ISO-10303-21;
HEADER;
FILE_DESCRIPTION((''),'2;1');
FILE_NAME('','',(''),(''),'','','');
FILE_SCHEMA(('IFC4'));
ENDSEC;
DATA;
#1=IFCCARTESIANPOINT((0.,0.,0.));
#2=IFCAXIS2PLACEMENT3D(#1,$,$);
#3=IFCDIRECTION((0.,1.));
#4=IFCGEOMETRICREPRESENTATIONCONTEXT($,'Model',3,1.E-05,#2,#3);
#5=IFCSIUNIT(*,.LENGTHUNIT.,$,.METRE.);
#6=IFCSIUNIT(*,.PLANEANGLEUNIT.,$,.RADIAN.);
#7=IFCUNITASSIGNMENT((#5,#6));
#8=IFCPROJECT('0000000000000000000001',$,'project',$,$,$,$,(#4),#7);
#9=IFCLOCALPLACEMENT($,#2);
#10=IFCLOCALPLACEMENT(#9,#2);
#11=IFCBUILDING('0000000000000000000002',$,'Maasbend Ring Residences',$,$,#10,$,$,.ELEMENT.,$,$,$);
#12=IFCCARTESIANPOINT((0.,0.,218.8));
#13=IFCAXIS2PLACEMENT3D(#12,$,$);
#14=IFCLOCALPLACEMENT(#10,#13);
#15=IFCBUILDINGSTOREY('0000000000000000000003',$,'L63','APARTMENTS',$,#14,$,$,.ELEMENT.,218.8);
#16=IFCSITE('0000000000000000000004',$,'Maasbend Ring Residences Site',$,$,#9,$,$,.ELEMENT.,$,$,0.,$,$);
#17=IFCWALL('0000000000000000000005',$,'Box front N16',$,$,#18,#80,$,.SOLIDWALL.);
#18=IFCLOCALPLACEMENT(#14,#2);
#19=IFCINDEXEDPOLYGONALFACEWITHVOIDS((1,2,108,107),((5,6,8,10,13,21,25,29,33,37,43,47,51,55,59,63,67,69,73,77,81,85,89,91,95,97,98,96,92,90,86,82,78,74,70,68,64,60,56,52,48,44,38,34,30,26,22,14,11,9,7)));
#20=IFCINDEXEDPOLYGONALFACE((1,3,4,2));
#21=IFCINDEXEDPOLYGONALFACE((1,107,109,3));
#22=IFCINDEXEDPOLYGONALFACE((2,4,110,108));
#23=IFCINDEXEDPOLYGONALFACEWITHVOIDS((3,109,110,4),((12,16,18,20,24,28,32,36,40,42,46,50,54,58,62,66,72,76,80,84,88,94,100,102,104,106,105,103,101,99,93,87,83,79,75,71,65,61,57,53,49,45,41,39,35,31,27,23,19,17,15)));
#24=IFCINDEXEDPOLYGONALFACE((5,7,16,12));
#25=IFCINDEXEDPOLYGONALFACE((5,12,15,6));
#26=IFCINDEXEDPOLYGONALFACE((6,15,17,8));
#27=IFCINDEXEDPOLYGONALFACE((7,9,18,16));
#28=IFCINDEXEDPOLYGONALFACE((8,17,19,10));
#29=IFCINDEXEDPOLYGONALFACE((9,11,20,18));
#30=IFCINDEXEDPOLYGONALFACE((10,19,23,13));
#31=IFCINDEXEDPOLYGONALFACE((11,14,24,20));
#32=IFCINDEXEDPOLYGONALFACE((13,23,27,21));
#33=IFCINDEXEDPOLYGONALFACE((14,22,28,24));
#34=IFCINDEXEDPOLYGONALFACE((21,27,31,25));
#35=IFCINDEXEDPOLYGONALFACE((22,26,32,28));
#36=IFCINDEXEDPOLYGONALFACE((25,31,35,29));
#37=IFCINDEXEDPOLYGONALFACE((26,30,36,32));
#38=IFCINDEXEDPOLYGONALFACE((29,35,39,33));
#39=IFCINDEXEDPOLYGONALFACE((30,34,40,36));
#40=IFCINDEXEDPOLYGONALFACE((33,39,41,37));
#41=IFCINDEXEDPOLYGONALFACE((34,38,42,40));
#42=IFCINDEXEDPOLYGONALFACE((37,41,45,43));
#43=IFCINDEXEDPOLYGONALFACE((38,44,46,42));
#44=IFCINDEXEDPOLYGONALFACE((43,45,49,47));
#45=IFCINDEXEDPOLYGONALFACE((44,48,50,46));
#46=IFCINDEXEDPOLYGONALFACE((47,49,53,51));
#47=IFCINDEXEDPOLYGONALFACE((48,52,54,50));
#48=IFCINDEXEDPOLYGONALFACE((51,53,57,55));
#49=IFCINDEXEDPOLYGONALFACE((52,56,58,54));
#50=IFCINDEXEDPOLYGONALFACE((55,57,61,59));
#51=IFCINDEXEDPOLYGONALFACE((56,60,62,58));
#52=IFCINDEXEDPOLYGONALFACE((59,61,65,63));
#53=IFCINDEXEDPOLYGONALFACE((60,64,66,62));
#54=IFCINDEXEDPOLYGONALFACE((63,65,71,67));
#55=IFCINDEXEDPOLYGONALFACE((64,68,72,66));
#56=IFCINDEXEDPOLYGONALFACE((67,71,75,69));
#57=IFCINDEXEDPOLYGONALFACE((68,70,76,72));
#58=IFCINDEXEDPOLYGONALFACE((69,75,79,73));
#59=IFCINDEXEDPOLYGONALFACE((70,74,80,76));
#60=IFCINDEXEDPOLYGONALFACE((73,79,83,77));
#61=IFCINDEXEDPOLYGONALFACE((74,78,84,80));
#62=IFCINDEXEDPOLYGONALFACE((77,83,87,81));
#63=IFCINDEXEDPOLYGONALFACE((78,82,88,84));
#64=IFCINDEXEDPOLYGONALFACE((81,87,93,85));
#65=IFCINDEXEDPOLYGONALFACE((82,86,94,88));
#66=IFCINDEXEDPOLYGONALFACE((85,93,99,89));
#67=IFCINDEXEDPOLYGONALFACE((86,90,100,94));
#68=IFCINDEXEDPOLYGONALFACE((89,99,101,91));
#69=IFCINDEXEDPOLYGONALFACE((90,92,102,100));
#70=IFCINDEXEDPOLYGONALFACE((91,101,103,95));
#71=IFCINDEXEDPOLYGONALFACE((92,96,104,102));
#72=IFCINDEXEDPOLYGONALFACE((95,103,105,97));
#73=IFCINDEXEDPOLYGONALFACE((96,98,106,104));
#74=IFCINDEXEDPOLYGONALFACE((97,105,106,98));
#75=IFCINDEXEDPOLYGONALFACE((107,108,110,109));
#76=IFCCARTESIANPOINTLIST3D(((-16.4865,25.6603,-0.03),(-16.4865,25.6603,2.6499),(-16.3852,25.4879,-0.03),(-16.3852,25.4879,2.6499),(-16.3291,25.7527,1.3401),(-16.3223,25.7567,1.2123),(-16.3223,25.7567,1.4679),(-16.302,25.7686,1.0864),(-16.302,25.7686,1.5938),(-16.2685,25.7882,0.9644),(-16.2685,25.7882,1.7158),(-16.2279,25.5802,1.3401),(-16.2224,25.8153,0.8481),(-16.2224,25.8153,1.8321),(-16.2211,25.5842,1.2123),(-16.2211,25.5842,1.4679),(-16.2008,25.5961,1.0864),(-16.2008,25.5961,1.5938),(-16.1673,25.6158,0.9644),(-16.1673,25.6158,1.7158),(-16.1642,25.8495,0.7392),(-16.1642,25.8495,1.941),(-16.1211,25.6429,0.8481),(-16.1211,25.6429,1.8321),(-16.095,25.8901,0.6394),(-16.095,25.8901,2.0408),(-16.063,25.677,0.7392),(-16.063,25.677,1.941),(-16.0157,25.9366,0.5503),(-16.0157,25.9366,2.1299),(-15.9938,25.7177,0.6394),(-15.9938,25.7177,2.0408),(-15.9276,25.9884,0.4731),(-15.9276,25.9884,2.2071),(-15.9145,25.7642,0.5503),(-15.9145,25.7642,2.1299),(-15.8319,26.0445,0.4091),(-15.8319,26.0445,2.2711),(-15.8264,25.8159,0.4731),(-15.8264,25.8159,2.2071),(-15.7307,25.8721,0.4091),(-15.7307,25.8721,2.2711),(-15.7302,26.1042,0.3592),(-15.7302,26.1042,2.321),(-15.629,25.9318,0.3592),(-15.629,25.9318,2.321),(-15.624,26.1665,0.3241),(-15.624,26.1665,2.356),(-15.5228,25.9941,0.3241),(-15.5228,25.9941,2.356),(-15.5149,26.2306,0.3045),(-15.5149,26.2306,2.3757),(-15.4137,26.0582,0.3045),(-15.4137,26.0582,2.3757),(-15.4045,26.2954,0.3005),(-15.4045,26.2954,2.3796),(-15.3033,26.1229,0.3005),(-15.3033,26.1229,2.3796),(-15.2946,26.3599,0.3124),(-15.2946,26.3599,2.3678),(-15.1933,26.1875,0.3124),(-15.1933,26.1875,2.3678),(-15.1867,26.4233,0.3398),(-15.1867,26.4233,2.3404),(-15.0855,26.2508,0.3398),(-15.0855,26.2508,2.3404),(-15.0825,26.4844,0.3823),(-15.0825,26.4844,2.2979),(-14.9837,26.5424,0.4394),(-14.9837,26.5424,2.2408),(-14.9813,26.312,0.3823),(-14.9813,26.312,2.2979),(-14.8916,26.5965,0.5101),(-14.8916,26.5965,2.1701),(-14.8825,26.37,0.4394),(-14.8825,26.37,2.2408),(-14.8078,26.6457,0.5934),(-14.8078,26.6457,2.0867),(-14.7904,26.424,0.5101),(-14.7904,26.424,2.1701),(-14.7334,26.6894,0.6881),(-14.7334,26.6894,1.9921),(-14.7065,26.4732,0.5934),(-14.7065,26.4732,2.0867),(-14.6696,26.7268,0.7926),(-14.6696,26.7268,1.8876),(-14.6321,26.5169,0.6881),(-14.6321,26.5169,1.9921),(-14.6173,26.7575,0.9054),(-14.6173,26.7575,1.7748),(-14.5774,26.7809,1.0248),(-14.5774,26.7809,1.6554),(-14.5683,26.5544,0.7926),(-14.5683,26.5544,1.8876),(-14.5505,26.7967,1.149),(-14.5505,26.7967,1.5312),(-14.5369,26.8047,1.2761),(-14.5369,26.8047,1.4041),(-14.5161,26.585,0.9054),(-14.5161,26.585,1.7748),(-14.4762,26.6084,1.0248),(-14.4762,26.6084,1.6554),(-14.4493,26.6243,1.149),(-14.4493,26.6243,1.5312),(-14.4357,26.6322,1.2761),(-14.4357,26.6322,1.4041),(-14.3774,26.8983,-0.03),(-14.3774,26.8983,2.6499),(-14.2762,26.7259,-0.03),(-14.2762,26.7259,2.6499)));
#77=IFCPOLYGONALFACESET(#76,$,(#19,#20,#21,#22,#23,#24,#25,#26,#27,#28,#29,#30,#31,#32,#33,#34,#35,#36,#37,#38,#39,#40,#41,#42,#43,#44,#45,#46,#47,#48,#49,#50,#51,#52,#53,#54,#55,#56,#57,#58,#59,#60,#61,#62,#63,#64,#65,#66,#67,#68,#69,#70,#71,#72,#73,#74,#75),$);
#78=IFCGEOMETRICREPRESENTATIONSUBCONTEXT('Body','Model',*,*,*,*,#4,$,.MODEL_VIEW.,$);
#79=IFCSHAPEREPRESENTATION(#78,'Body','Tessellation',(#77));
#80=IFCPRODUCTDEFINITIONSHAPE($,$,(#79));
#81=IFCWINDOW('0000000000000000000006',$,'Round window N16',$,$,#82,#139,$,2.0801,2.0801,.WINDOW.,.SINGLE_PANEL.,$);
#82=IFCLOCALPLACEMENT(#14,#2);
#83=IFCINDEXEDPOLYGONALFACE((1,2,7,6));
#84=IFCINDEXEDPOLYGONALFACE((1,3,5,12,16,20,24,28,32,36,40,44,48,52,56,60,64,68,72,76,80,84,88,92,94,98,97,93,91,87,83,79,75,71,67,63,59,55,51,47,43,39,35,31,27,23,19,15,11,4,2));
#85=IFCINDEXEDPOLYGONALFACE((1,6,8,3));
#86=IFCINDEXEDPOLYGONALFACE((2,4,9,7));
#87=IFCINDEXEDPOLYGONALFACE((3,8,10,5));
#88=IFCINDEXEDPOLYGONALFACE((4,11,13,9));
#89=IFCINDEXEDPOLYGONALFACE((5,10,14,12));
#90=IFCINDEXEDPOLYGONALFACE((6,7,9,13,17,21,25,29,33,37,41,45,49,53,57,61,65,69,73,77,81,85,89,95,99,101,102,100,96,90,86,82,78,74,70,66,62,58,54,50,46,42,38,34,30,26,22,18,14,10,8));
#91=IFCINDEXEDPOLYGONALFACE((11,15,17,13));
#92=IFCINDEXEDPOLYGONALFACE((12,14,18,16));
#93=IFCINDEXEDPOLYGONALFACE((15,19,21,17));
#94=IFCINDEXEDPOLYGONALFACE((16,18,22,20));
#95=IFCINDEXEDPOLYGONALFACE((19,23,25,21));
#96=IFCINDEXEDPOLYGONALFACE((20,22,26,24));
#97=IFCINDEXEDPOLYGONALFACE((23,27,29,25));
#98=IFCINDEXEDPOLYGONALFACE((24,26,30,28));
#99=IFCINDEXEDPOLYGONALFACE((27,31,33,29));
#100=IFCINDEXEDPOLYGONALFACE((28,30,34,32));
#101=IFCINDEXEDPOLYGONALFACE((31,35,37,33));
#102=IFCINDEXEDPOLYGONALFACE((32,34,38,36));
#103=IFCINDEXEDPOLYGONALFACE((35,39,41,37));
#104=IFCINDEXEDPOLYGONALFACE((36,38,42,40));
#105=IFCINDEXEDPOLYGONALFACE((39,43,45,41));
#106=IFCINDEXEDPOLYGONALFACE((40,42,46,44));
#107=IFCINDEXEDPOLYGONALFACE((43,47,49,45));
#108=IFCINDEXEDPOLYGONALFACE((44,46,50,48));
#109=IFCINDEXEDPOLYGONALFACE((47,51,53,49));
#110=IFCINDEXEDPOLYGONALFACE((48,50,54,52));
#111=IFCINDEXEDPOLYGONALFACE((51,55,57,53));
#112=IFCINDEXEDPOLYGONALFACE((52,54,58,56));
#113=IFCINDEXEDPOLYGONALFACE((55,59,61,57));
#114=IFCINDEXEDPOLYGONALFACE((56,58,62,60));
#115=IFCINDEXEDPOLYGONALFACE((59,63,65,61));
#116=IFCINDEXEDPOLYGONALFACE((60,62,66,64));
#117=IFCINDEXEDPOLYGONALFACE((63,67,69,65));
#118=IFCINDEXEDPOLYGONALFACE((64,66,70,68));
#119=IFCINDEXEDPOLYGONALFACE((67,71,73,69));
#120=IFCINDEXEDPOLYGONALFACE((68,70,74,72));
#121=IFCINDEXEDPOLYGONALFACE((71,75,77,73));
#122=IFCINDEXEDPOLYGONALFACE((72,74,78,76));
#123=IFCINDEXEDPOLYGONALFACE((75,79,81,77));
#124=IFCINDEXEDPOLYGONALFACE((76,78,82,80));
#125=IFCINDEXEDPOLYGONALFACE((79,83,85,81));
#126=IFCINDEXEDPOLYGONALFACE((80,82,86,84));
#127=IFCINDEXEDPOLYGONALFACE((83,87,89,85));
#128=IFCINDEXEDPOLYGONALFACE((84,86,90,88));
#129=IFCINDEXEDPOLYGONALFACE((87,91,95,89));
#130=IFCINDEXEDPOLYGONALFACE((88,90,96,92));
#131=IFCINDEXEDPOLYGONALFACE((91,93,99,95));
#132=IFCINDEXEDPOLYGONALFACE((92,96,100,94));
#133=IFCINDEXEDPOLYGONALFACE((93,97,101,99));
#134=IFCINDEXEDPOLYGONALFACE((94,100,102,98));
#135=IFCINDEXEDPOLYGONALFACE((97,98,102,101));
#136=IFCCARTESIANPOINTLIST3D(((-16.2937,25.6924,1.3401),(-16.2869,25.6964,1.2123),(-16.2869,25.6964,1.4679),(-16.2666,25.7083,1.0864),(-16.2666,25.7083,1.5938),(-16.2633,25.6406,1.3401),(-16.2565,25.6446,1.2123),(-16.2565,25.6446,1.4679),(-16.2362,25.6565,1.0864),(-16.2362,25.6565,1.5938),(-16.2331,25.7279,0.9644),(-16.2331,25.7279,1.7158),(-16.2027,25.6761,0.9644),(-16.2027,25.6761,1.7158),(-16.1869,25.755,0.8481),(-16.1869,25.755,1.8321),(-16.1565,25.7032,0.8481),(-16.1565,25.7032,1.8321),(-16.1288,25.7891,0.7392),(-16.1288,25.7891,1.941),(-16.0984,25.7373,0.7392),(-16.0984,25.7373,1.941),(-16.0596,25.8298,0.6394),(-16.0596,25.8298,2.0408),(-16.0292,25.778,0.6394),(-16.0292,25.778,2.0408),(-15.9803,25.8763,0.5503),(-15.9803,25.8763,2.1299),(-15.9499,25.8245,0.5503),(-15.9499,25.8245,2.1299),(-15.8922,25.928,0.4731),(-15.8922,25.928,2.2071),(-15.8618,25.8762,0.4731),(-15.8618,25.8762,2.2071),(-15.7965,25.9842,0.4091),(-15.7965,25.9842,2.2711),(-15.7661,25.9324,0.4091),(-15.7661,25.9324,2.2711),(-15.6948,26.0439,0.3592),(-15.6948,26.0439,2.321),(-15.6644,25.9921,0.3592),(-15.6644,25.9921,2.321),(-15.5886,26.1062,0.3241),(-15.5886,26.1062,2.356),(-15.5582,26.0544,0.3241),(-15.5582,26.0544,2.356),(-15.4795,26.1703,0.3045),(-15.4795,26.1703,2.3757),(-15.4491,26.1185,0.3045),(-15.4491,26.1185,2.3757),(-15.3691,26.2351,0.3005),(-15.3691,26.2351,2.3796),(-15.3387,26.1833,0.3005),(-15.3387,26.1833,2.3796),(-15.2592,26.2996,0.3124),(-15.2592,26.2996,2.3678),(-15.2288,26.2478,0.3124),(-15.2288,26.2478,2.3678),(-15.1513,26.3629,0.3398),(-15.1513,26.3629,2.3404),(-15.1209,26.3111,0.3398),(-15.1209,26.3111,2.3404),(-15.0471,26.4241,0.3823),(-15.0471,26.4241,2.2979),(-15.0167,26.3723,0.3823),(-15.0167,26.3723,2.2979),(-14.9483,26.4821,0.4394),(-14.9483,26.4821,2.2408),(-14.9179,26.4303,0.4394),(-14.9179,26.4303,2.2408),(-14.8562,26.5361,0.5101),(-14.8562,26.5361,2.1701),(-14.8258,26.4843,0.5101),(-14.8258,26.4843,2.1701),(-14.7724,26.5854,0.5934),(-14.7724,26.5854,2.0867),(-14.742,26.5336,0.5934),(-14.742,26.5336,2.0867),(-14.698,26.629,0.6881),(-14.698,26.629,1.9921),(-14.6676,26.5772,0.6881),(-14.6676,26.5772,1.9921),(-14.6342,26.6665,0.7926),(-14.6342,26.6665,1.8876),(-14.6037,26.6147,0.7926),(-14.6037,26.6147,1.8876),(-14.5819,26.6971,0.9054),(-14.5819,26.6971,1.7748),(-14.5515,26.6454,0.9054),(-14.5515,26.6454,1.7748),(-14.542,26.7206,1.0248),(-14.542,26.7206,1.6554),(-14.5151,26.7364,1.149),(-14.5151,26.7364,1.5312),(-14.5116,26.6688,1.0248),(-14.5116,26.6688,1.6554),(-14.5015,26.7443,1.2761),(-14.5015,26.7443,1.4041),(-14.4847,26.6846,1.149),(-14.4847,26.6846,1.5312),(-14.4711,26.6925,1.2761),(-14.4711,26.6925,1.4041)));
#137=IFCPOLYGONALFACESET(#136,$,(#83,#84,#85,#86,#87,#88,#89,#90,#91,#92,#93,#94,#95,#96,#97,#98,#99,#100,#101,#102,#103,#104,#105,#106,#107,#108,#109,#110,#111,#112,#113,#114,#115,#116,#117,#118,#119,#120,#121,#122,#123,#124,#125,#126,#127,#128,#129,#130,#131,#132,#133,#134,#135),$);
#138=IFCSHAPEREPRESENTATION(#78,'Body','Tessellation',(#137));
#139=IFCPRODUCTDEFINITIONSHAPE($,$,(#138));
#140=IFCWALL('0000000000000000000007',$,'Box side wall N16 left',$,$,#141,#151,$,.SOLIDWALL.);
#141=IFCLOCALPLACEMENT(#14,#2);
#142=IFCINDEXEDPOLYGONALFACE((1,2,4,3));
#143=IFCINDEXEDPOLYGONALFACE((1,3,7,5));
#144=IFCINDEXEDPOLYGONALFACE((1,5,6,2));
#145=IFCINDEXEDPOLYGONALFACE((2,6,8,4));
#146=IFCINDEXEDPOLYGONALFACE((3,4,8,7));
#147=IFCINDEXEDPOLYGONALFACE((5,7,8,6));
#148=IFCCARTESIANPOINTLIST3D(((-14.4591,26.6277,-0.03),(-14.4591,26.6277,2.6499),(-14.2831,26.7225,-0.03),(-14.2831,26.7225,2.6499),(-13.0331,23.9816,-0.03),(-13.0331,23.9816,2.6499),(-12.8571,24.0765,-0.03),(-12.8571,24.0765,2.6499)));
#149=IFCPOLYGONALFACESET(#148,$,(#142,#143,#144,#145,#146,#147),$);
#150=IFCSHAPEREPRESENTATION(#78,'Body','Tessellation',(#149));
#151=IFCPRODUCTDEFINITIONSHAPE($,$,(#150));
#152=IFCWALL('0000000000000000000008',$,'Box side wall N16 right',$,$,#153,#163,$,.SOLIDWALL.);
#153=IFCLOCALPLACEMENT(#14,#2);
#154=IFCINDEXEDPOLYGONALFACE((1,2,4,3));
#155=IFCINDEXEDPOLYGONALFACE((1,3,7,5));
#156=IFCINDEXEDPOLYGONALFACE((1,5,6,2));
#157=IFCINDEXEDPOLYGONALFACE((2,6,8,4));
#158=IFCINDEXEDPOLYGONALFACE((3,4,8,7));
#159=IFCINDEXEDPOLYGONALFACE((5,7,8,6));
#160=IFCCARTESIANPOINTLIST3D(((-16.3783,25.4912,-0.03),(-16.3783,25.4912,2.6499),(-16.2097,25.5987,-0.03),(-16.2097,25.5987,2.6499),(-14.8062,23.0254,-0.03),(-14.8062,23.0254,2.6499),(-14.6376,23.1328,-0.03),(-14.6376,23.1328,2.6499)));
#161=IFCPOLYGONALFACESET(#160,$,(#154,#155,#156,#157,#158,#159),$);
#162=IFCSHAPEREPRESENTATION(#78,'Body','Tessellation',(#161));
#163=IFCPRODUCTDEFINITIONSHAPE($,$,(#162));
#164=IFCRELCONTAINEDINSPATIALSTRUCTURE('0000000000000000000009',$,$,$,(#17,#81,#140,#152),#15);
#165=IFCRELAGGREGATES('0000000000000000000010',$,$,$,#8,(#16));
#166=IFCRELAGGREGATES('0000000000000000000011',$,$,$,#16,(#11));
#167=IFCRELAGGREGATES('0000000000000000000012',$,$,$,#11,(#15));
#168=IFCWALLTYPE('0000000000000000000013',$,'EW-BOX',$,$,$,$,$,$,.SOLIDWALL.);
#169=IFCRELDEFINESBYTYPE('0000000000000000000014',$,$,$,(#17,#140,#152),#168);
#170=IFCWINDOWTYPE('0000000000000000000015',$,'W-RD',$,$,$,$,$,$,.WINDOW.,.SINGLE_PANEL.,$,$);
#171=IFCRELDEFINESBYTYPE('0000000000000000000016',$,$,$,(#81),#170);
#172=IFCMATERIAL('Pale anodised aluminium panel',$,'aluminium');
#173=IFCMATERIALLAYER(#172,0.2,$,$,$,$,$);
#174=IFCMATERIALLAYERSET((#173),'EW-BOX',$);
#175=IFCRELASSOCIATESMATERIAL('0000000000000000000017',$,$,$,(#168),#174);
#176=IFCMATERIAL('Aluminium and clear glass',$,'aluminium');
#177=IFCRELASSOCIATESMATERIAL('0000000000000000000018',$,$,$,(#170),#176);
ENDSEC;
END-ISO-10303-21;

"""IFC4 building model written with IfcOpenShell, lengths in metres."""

from ifc_helpers import new_model, si_unit, direction, frame, frame_2d, origin, place, context, subcontext, project, spatial, rectangle, circle, extrude, material, layer, layer_set, type_object, element, fill, save


model = new_model("IFC4")

# Units and contexts
model_context = context("Model", 3, precision=1e-05, world=origin(), true_north=direction((0.0, 1.0)))
body_context = subcontext(model_context, "Body", "Model", "MODEL_VIEW")
ifc_project = project(units=[si_unit("LENGTHUNIT", "METRE"), si_unit("PLANEANGLEUNIT", "RADIAN")], contexts=[model_context])

# Site, building, storey
site_placement = place(None, origin())
site = spatial("IfcSite", under=ifc_project, at=site_placement, Name="Maasbend Ring Residences Site", CompositionType="ELEMENT", RefElevation=0.0)
building_placement = place(site_placement, origin())
building = spatial("IfcBuilding", under=site, at=building_placement, Name="Maasbend Ring Residences", CompositionType="ELEMENT")
storey_placement = place(building_placement, frame((0.0, 0.0, 218.8)))
storey = spatial("IfcBuildingStorey", under=building, at=storey_placement, Name="L63", Description="APARTMENTS", CompositionType="ELEMENT", Elevation=218.8)

# Wall, opening, window
ifc_material_1 = material(Name="Pale anodised aluminium panel", Category="aluminium")
ifc_layer_1 = layer(ifc_material_1, 0.2)
ifc_layer_set_1 = layer_set([ifc_layer_1], Name="EW-BOX")
wall_type_1 = type_object("IfcWallType", Name="EW-BOX", PredefinedType="SOLIDWALL", material=ifc_layer_set_1)
wall_1_placement = place(storey_placement, frame((-14.3269, 26.812, -0.03), z_axis=(0.0, 0.0, 1.0), x_axis=(-0.862403, -0.506222, 0.0)))
wall_1 = element("IfcWall", 1, at=wall_1_placement, inside=storey, type_object=wall_type_1, Name="Box front N16", PredefinedType="SOLIDWALL", context=body_context, shape_type="SweptSolid", body=[
    extrude(rectangle(XDim=2.4456, YDim=0.2, at=frame_2d((1.2227, 0.0))), origin(), (0.0, 0.0, 1.0), 2.6799),
])
opening_1_placement = place(wall_1_placement, frame((0.1829, 0.0, 0.3301)))
opening_1 = element("IfcOpeningElement", 2, at=opening_1_placement, cuts=wall_1, PredefinedType="OPENING", context=body_context, shape_type="SweptSolid", body=[
    extrude(circle(Radius=1.04, at=frame_2d((1.04, 1.04))), frame((0.0, 0.1099, 0.0), z_axis=(0.0, -1.0, 0.0), x_axis=(1.0, 0.0, 0.0)), (0.0, 0.0, 1.0), 0.22),
])
ifc_material_2 = material(Name="Aluminium and clear glass", Category="aluminium")
window_type_1 = type_object("IfcWindowType", Name="W-RD", PartitioningType="SINGLE_PANEL", PredefinedType="WINDOW", material=ifc_material_2)
window_1_placement = place(opening_1_placement, origin())
window_1 = element("IfcWindow", 3, at=window_1_placement, inside=storey, type_object=window_type_1, Name="Round window N16", OverallHeight=2.0801, OverallWidth=2.0801, PartitioningType="SINGLE_PANEL", PredefinedType="WINDOW", context=body_context, shape_type="SweptSolid", body=[
    extrude(circle(Radius=1.04, at=frame_2d((1.04, 1.04))), frame((0.0, 0.03, 0.0), z_axis=(0.0, -1.0, 0.0), x_axis=(1.0, 0.0, 0.0)), (0.0, 0.0, 1.0), 0.0601),
])
fill(opening_1, window_1)

# Walls
wall_2_placement = place(storey_placement, frame((-12.9451, 24.0291, -0.03), z_axis=(0.0, 0.0, 1.0), x_axis=(-0.474424, 0.880296, 0.0)))
element("IfcWall", 4, at=wall_2_placement, inside=storey, type_object=wall_type_1, Name="Box side wall N16 left", PredefinedType="SOLIDWALL", context=body_context, shape_type="SweptSolid", body=[
    extrude(rectangle(XDim=3.0059, YDim=0.2, at=frame_2d((1.5029, 0.0))), origin(), (0.0, 0.0, 1.0), 2.6799),
])
wall_3_placement = place(storey_placement, frame((-14.7219, 23.0791, -0.03), z_axis=(0.0, 0.0, 1.0), x_axis=(-0.537572, 0.843218, 0.0)))
element("IfcWall", 5, at=wall_3_placement, inside=storey, type_object=wall_type_1, Name="Box side wall N16 right", PredefinedType="SOLIDWALL", context=body_context, shape_type="SweptSolid", body=[
    extrude(rectangle(XDim=2.9243, YDim=0.2, at=frame_2d((1.4622, 0.0))), origin(), (0.0, 0.0, 1.0), 2.6799),
])

save(model, "model.ifc")
